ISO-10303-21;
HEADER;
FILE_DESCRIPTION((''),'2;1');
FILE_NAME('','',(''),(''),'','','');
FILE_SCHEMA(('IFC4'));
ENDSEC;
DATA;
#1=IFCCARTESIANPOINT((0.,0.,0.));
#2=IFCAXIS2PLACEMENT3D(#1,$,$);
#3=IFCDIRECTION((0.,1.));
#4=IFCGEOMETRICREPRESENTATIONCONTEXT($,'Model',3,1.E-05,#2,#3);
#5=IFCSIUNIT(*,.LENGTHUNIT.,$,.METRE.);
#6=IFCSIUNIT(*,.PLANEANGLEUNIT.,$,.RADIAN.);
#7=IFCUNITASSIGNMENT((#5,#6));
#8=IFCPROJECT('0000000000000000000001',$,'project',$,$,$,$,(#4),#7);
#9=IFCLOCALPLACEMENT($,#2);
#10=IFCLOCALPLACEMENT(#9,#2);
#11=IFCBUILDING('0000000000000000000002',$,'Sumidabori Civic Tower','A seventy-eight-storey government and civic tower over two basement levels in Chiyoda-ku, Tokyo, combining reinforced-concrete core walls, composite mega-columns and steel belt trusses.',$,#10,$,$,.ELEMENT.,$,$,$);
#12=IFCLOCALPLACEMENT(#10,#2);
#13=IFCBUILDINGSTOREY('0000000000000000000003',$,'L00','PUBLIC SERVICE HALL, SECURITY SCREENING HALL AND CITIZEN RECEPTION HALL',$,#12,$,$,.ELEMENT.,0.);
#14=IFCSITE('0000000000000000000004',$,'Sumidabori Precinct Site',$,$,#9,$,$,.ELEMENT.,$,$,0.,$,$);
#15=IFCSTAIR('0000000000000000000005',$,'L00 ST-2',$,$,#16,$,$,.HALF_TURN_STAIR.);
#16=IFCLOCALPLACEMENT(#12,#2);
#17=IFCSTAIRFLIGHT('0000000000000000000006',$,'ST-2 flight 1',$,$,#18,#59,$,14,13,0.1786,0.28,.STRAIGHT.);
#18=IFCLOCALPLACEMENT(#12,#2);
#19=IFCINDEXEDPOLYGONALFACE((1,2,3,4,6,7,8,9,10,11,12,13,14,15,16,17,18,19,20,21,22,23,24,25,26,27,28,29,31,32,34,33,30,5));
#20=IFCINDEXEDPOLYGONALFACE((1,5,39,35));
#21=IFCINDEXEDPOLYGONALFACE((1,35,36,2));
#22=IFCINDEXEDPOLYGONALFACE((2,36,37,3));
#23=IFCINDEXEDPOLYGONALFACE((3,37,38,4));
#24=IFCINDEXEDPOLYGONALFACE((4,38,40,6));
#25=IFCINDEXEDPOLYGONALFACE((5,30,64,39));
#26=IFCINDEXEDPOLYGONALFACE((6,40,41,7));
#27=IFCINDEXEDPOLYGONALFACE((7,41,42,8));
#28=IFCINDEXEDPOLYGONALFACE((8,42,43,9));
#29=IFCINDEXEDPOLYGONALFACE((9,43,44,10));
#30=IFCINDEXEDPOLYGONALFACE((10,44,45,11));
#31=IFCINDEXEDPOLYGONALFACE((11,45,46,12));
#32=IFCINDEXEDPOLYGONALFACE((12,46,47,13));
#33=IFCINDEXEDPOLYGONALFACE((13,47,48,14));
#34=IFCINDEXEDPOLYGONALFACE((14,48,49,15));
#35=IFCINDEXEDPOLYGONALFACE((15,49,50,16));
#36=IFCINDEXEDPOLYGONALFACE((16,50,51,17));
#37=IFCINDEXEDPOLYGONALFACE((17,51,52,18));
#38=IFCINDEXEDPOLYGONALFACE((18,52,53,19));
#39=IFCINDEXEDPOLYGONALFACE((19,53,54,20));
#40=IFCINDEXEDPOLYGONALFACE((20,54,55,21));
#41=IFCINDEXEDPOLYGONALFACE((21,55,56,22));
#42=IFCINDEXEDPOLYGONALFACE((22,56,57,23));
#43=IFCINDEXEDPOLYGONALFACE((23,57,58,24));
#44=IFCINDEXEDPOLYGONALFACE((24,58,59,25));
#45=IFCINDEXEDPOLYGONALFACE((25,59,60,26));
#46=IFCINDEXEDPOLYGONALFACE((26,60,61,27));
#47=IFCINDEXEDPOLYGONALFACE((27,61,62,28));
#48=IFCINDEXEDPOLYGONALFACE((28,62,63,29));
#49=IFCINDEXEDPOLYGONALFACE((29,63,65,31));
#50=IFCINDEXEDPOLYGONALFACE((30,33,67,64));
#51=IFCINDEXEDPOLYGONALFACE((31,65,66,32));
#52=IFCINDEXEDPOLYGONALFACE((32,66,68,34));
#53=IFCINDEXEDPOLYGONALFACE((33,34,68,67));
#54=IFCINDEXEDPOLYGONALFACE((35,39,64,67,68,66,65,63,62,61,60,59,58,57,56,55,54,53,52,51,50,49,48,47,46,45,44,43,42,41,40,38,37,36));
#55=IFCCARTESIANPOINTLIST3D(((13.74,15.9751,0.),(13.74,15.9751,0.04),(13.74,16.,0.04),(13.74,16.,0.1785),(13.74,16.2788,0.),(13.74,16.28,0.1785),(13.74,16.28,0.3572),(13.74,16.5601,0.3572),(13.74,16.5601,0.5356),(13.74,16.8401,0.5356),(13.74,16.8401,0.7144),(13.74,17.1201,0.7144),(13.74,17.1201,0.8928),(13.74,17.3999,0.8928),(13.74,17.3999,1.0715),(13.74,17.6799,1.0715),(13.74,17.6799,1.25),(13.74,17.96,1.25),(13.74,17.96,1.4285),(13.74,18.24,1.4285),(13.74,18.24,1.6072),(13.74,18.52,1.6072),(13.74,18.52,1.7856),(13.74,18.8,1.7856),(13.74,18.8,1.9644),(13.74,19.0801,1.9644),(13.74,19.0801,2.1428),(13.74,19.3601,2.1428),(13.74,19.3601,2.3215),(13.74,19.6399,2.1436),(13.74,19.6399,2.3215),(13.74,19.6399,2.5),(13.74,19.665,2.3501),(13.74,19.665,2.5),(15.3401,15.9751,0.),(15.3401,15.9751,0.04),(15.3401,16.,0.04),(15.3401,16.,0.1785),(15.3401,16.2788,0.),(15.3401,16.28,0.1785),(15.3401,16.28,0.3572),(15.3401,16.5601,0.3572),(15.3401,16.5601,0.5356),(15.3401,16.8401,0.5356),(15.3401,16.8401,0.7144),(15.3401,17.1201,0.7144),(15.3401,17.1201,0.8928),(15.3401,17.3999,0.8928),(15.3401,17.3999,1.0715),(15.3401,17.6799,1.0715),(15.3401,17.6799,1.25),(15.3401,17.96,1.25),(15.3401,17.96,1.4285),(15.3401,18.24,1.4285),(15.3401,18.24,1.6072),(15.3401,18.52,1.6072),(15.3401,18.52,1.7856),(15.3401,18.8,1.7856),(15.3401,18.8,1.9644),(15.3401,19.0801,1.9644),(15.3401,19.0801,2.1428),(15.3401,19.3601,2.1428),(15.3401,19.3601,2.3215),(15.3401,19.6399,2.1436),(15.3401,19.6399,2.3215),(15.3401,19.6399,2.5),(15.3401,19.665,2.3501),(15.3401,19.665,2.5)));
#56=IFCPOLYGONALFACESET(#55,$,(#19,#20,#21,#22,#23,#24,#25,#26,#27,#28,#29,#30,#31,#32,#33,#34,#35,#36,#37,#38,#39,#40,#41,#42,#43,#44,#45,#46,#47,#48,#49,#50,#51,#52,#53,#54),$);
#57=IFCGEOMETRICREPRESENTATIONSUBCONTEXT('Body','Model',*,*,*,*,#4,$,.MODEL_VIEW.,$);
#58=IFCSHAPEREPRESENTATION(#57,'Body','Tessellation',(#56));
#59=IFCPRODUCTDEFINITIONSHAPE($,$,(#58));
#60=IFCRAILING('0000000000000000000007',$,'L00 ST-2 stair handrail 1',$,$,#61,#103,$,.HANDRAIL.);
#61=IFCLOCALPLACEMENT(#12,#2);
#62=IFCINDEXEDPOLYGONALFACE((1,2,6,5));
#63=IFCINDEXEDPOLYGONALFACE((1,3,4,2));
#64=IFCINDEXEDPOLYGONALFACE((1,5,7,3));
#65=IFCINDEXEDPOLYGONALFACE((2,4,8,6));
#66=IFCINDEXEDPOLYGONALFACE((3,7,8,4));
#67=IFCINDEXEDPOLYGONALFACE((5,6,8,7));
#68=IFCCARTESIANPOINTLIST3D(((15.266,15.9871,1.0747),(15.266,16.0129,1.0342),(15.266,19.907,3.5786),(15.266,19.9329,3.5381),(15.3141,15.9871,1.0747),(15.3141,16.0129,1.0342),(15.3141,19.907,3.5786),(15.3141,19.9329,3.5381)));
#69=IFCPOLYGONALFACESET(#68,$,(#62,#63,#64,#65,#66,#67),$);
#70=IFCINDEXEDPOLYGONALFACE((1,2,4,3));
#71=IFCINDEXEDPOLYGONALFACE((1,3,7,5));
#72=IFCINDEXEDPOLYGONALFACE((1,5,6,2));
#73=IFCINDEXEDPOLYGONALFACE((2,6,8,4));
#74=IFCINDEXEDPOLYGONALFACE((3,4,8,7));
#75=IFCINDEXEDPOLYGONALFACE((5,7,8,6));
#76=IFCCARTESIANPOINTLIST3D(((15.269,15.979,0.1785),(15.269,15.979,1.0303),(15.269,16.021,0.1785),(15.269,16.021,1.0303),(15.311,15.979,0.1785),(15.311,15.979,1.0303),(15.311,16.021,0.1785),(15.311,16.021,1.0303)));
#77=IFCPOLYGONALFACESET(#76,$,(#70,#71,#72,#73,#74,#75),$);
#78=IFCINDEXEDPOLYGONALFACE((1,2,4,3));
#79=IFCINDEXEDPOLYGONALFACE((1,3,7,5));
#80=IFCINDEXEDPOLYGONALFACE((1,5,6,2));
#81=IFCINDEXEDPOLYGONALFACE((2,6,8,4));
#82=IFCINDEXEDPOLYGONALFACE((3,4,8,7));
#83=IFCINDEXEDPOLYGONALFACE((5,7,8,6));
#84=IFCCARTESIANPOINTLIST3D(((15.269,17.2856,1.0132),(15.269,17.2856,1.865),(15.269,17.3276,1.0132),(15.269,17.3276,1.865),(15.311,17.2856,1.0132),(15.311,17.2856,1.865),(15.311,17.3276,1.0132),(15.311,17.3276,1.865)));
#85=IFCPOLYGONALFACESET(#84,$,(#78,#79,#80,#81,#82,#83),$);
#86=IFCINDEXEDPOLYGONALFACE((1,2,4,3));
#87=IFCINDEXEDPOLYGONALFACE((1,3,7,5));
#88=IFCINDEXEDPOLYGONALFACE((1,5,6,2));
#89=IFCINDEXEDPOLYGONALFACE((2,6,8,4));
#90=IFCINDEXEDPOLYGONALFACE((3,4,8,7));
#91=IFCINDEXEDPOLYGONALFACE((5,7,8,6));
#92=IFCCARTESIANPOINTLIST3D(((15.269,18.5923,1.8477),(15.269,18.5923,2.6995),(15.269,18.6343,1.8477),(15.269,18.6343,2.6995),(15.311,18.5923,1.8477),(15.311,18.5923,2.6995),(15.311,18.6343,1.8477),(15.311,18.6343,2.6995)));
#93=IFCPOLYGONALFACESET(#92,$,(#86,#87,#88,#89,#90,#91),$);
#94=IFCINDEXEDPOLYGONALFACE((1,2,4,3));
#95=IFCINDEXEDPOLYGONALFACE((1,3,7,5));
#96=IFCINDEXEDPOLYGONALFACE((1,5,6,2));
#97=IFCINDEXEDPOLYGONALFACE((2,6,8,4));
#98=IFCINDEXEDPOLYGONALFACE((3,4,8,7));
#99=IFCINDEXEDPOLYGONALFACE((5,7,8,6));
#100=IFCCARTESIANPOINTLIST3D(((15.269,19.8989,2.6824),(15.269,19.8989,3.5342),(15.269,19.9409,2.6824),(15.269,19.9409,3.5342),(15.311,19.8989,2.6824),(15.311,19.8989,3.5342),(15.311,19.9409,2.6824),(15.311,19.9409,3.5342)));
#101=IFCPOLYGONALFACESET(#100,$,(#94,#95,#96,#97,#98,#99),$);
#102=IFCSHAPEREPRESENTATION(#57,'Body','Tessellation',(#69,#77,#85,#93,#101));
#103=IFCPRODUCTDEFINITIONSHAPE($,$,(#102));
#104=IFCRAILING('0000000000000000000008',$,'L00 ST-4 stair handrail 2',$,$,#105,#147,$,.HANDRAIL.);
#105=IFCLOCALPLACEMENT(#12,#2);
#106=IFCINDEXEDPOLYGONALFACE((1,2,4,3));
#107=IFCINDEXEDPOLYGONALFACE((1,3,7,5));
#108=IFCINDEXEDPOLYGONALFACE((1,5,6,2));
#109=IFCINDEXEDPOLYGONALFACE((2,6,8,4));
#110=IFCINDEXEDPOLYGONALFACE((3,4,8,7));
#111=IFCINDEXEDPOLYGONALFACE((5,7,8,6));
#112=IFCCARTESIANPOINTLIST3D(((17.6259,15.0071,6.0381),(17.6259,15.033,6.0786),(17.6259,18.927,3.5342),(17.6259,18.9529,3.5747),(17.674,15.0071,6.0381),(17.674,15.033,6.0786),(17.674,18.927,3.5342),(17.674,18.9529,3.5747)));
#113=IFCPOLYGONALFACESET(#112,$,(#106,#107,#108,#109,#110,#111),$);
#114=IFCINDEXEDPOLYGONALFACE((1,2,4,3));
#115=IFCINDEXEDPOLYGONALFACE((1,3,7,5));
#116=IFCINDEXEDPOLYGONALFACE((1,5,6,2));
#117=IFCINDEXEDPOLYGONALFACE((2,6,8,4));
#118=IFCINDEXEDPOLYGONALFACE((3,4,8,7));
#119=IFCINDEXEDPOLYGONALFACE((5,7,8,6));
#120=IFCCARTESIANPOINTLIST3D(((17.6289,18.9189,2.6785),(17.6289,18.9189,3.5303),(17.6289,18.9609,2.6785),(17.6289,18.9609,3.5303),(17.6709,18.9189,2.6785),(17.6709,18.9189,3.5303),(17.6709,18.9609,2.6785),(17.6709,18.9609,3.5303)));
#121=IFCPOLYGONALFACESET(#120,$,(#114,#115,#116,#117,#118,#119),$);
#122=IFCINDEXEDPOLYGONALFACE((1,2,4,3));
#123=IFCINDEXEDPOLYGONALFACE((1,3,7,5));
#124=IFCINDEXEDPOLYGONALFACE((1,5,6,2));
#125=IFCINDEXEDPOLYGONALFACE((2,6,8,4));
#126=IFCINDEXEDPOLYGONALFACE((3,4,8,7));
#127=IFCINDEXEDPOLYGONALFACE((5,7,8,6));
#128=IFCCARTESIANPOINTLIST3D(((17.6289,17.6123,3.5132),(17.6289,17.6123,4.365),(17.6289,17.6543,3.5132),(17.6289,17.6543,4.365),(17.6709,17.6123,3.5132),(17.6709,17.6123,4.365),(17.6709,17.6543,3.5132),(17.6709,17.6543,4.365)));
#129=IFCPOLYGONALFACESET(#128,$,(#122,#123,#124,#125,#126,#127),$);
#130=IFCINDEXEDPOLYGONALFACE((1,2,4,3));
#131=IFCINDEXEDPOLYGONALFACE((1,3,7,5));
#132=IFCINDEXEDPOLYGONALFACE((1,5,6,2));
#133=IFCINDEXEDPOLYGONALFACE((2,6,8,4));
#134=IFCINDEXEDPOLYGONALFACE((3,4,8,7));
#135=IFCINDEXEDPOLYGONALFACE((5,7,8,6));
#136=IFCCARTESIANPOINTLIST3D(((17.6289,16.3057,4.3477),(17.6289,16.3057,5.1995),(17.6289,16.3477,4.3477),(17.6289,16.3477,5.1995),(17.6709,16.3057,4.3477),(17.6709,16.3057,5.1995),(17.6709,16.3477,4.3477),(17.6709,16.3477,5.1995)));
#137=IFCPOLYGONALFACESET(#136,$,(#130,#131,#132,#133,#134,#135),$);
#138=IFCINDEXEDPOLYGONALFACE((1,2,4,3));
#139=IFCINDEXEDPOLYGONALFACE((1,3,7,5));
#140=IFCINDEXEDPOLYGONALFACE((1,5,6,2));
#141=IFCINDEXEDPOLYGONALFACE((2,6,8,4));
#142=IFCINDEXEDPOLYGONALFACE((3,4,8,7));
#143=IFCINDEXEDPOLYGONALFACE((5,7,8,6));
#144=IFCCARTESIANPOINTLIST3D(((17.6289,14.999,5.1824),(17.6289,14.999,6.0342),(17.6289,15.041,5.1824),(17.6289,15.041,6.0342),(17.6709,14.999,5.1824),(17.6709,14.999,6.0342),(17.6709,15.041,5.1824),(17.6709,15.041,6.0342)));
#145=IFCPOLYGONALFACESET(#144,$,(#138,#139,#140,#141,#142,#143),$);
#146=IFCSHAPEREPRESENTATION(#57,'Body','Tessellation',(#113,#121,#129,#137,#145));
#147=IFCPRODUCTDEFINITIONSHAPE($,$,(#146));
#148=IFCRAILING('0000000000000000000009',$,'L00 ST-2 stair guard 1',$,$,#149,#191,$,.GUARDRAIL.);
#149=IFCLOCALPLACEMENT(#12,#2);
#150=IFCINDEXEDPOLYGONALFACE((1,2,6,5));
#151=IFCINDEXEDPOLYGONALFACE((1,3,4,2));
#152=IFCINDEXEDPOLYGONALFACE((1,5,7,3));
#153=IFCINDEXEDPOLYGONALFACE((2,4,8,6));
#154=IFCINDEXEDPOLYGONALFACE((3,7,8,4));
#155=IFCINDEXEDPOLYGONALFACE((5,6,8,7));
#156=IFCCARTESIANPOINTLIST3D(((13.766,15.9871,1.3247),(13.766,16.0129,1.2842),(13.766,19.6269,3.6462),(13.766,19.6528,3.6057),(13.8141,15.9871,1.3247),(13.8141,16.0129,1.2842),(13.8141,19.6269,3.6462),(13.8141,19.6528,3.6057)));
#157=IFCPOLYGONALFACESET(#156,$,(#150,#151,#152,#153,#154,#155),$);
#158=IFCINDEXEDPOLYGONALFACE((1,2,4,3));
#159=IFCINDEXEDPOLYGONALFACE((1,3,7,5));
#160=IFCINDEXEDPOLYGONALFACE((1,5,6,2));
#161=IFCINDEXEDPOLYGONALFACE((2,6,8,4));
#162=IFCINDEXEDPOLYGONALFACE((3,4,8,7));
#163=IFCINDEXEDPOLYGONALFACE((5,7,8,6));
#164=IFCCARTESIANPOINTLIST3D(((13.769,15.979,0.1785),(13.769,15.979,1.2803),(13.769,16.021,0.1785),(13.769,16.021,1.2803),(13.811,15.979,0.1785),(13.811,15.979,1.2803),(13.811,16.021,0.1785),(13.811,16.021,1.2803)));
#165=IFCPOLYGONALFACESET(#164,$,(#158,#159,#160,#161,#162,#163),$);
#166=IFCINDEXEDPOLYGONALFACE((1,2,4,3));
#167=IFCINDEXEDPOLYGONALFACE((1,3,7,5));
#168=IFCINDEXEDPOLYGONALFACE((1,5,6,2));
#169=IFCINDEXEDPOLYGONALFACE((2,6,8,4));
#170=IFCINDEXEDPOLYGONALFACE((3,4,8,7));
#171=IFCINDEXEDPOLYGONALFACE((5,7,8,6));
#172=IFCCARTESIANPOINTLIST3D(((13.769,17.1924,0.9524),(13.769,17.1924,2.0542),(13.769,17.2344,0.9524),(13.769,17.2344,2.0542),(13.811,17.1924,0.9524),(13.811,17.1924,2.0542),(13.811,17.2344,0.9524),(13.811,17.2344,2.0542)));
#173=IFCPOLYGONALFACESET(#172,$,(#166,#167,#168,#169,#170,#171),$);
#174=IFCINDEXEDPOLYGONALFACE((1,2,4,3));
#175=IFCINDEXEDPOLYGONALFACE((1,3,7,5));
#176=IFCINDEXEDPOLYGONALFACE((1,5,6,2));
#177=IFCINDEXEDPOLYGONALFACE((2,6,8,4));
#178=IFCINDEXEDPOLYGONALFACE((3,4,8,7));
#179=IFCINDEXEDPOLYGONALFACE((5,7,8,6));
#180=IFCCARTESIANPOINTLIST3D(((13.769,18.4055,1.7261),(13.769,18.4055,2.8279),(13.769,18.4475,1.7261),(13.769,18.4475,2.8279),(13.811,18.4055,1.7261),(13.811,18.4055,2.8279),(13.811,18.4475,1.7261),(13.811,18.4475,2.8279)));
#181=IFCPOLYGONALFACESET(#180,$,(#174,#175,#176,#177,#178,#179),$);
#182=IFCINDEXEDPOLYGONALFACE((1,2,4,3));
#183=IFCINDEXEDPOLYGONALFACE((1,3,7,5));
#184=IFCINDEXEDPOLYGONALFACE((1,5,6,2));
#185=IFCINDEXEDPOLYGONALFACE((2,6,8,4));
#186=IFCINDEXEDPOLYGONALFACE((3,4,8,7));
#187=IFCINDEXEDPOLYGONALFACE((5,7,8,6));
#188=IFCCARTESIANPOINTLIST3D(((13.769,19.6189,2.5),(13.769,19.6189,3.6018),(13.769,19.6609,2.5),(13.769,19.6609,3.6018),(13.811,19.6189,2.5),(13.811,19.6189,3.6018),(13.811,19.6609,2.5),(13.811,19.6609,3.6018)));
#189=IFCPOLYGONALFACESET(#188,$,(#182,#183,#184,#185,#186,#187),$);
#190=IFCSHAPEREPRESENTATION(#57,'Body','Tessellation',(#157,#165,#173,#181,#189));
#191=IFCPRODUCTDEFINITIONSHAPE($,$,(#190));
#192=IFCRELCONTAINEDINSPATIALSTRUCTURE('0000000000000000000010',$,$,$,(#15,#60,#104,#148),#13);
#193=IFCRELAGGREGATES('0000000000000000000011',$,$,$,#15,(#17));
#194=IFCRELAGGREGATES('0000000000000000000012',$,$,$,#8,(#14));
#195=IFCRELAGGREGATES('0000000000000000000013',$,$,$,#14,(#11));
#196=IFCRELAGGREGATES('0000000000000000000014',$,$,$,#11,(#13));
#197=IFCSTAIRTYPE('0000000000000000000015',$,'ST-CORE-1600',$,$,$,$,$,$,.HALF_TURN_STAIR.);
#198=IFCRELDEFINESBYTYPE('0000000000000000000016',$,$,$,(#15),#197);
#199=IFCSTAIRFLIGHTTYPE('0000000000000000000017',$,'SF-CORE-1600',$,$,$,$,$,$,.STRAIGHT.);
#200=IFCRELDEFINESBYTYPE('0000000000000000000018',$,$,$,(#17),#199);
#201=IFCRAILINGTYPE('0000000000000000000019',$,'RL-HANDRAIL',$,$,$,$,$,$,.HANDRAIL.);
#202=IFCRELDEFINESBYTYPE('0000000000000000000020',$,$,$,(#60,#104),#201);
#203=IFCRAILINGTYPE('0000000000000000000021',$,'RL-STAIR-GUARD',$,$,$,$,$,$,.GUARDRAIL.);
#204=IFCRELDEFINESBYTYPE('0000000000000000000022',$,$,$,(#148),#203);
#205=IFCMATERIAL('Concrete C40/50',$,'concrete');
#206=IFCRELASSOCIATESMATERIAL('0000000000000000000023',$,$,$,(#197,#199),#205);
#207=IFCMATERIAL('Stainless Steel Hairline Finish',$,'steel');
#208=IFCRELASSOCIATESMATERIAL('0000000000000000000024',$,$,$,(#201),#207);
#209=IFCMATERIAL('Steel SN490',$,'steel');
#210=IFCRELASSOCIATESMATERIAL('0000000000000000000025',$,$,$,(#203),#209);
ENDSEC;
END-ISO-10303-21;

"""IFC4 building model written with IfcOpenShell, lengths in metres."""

from ifc_helpers import new_model, si_unit, direction, frame, origin, origin_2d, place, context, subcontext, project, spatial, polyline, rectangle, outline, extrude, source, transform, mapped, material, type_object, element, aggregate, save


model = new_model("IFC4")

# Units and contexts
model_context = context("Model", 3, precision=1e-05, world=origin(), true_north=direction((0.0, 1.0)))
body_context = subcontext(model_context, "Body", "Model", "MODEL_VIEW")
ifc_project = project(units=[si_unit("LENGTHUNIT", "METRE"), si_unit("PLANEANGLEUNIT", "RADIAN")], contexts=[model_context])

# Site, building, storey
site_placement = place(None, origin())
site = spatial("IfcSite", under=ifc_project, at=site_placement, Name="Sumidabori Precinct Site", CompositionType="ELEMENT", RefElevation=0.0)
building_placement = place(site_placement, origin())
building = spatial("IfcBuilding", under=site, at=building_placement, Name="Sumidabori Civic Tower", Description="A seventy-eight-storey government and civic tower over two basement levels in Chiyoda-ku, Tokyo, combining reinforced-concrete core walls, composite mega-columns and steel belt trusses.", CompositionType="ELEMENT")
storey_placement = place(building_placement, origin())
storey = spatial("IfcBuildingStorey", under=building, at=storey_placement, Name="L00", Description="PUBLIC SERVICE HALL, SECURITY SCREENING HALL AND CITIZEN RECEPTION HALL", CompositionType="ELEMENT", Elevation=0.0)

# Shared definitions
ifc_material_1 = material(Name="Steel SN490", Category="steel")

# Stair, stair flight
ifc_material_2 = material(Name="Concrete C40/50", Category="concrete")
stair_type = type_object("IfcStairType", Name="ST-CORE-1600", PredefinedType="HALF_TURN_STAIR", material=ifc_material_2)
stair_placement = place(storey_placement, origin())
stair = element("IfcStair", 1, at=stair_placement, inside=storey, type_object=stair_type, Name="L00 ST-2", PredefinedType="HALF_TURN_STAIR")
stair_flight_type = type_object("IfcStairFlightType", Name="SF-CORE-1600", PredefinedType="STRAIGHT", material=ifc_material_2)
shared_shape_1 = source(origin(), body_context, "Body", "SweptSolid", [
    extrude(outline(polyline([(-0.0249, 0.0), (-0.0249, 0.04), (0.0, 0.04), (0.0, 0.1785), (0.28, 0.1785), (0.28, 0.3572), (0.5601, 0.3572), (0.5601, 0.5356), (0.8401, 0.5356), (0.8401, 0.7144), (1.1201, 0.7144), (1.1201, 0.8928), (1.3999, 0.8928), (1.3999, 1.0715), (1.6799, 1.0715), (1.6799, 1.25), (1.96, 1.25), (1.96, 1.4285), (2.24, 1.4285), (2.24, 1.6072), (2.52, 1.6072), (2.52, 1.7856), (2.8, 1.7856), (2.8, 1.9644), (3.0801, 1.9644), (3.0801, 2.1428), (3.3601, 2.1428), (3.3601, 2.3215), (3.6399, 2.3215), (3.6399, 2.5), (3.665, 2.5), (3.665, 2.3501), (3.6399, 2.1436), (0.2788, 0.0), (-0.0249, 0.0)])), frame((0.0, 0.8, 0.0), z_axis=(0.0, -1.0, 0.0), x_axis=(1.0, 0.0, 0.0)), (0.0, 0.0, 1.0), 1.6001),
])
stair_flight_placement = place(storey_placement, frame((14.54, 16.0, 0.0), z_axis=(0.0, 0.0, 1.0), x_axis=(0.0, 1.0, 0.0)))
stair_flight = element("IfcStairFlight", 2, at=stair_flight_placement, type_object=stair_flight_type, Name="ST-2 flight 1", NumberOfRisers=14, NumberOfTreads=13, PredefinedType="STRAIGHT", RiserHeight=0.1786, TreadLength=0.28, context=body_context, shape_type="MappedRepresentation", body=[
    mapped(shared_shape_1, transform((0.0, 0.0, 0.0), x_axis=(1.0, 0.0, 0.0), y_axis=(0.0, 1.0, 0.0), z_axis=(0.0, 0.0, 1.0), scale=1.0)),
])
aggregate(stair, [stair_flight])

# Railings
ifc_material_3 = material(Name="Stainless Steel Hairline Finish", Category="steel")
railing_type_1 = type_object("IfcRailingType", Name="RL-HANDRAIL", PredefinedType="HANDRAIL", material=ifc_material_3)
railing_1_placement = place(storey_placement, frame((15.29, 16.0, 0.1785)))
element("IfcRailing", 3, at=railing_1_placement, inside=storey, type_object=railing_type_1, Name="L00 ST-2 stair handrail 1", PredefinedType="HANDRAIL", context=body_context, shape_type="SweptSolid", body=[
    extrude(rectangle(XDim=0.0481, YDim=0.0481, at=origin_2d()), frame((0.0, 0.0, 0.876), z_axis=(0.0, 0.842744, 0.538315), x_axis=(-1.0, 0.0, 0.0)), (0.0, 0.0, 1.0), 4.6514),
    extrude(rectangle(XDim=0.042, YDim=0.042, at=origin_2d()), origin(), (0.0, 0.0, 1.0), 0.8518),
    extrude(rectangle(XDim=0.042, YDim=0.042, at=origin_2d()), frame((0.0, 1.3066, 0.8347)), (0.0, 0.0, 1.0), 0.8518),
    extrude(rectangle(XDim=0.042, YDim=0.042, at=origin_2d()), frame((0.0, 2.6133, 1.6692)), (0.0, 0.0, 1.0), 0.8518),
    extrude(rectangle(XDim=0.042, YDim=0.042, at=origin_2d()), frame((0.0, 3.9199, 2.5039)), (0.0, 0.0, 1.0), 0.8518),
])
railing_2_placement = place(storey_placement, frame((17.6499, 18.9399, 2.6785)))
element("IfcRailing", 4, at=railing_2_placement, inside=storey, type_object=railing_type_1, Name="L00 ST-4 stair handrail 2", PredefinedType="HANDRAIL", context=body_context, shape_type="SweptSolid", body=[
    extrude(rectangle(XDim=0.0481, YDim=0.0481, at=origin_2d()), frame((0.0, 0.0, 0.876), z_axis=(0.0, -0.842744, 0.538315), x_axis=(1.0, 0.0, 0.0)), (0.0, 0.0, 1.0), 4.6514),
    extrude(rectangle(XDim=0.042, YDim=0.042, at=origin_2d()), origin(), (0.0, 0.0, 1.0), 0.8518),
    extrude(rectangle(XDim=0.042, YDim=0.042, at=origin_2d()), frame((0.0, -1.3066, 0.8347)), (0.0, 0.0, 1.0), 0.8518),
    extrude(rectangle(XDim=0.042, YDim=0.042, at=origin_2d()), frame((0.0, -2.6133, 1.6692)), (0.0, 0.0, 1.0), 0.8518),
    extrude(rectangle(XDim=0.042, YDim=0.042, at=origin_2d()), frame((0.0, -3.9199, 2.5039)), (0.0, 0.0, 1.0), 0.8518),
])
railing_type_2 = type_object("IfcRailingType", Name="RL-STAIR-GUARD", PredefinedType="GUARDRAIL", material=ifc_material_1)
railing_3_placement = place(storey_placement, frame((13.79, 16.0, 0.1785)))
element("IfcRailing", 5, at=railing_3_placement, inside=storey, type_object=railing_type_2, Name="L00 ST-2 stair guard 1", PredefinedType="GUARDRAIL", context=body_context, shape_type="SweptSolid", body=[
    extrude(rectangle(XDim=0.0481, YDim=0.0481, at=origin_2d()), frame((0.0, 0.0, 1.126), z_axis=(0.0, 0.843112, 0.537739), x_axis=(-1.0, 0.0, 0.0)), (0.0, 0.0, 1.0), 4.3171),
    extrude(rectangle(XDim=0.042, YDim=0.042, at=origin_2d()), origin(), (0.0, 0.0, 1.0), 1.1018),
    extrude(rectangle(XDim=0.042, YDim=0.042, at=origin_2d()), frame((0.0, 1.2134, 0.7739)), (0.0, 0.0, 1.0), 1.1018),
    extrude(rectangle(XDim=0.042, YDim=0.042, at=origin_2d()), frame((0.0, 2.4265, 1.5476)), (0.0, 0.0, 1.0), 1.1018),
    extrude(rectangle(XDim=0.042, YDim=0.042, at=origin_2d()), frame((0.0, 3.6399, 2.3215)), (0.0, 0.0, 1.0), 1.1018),
])

save(model, "model.ifc")
